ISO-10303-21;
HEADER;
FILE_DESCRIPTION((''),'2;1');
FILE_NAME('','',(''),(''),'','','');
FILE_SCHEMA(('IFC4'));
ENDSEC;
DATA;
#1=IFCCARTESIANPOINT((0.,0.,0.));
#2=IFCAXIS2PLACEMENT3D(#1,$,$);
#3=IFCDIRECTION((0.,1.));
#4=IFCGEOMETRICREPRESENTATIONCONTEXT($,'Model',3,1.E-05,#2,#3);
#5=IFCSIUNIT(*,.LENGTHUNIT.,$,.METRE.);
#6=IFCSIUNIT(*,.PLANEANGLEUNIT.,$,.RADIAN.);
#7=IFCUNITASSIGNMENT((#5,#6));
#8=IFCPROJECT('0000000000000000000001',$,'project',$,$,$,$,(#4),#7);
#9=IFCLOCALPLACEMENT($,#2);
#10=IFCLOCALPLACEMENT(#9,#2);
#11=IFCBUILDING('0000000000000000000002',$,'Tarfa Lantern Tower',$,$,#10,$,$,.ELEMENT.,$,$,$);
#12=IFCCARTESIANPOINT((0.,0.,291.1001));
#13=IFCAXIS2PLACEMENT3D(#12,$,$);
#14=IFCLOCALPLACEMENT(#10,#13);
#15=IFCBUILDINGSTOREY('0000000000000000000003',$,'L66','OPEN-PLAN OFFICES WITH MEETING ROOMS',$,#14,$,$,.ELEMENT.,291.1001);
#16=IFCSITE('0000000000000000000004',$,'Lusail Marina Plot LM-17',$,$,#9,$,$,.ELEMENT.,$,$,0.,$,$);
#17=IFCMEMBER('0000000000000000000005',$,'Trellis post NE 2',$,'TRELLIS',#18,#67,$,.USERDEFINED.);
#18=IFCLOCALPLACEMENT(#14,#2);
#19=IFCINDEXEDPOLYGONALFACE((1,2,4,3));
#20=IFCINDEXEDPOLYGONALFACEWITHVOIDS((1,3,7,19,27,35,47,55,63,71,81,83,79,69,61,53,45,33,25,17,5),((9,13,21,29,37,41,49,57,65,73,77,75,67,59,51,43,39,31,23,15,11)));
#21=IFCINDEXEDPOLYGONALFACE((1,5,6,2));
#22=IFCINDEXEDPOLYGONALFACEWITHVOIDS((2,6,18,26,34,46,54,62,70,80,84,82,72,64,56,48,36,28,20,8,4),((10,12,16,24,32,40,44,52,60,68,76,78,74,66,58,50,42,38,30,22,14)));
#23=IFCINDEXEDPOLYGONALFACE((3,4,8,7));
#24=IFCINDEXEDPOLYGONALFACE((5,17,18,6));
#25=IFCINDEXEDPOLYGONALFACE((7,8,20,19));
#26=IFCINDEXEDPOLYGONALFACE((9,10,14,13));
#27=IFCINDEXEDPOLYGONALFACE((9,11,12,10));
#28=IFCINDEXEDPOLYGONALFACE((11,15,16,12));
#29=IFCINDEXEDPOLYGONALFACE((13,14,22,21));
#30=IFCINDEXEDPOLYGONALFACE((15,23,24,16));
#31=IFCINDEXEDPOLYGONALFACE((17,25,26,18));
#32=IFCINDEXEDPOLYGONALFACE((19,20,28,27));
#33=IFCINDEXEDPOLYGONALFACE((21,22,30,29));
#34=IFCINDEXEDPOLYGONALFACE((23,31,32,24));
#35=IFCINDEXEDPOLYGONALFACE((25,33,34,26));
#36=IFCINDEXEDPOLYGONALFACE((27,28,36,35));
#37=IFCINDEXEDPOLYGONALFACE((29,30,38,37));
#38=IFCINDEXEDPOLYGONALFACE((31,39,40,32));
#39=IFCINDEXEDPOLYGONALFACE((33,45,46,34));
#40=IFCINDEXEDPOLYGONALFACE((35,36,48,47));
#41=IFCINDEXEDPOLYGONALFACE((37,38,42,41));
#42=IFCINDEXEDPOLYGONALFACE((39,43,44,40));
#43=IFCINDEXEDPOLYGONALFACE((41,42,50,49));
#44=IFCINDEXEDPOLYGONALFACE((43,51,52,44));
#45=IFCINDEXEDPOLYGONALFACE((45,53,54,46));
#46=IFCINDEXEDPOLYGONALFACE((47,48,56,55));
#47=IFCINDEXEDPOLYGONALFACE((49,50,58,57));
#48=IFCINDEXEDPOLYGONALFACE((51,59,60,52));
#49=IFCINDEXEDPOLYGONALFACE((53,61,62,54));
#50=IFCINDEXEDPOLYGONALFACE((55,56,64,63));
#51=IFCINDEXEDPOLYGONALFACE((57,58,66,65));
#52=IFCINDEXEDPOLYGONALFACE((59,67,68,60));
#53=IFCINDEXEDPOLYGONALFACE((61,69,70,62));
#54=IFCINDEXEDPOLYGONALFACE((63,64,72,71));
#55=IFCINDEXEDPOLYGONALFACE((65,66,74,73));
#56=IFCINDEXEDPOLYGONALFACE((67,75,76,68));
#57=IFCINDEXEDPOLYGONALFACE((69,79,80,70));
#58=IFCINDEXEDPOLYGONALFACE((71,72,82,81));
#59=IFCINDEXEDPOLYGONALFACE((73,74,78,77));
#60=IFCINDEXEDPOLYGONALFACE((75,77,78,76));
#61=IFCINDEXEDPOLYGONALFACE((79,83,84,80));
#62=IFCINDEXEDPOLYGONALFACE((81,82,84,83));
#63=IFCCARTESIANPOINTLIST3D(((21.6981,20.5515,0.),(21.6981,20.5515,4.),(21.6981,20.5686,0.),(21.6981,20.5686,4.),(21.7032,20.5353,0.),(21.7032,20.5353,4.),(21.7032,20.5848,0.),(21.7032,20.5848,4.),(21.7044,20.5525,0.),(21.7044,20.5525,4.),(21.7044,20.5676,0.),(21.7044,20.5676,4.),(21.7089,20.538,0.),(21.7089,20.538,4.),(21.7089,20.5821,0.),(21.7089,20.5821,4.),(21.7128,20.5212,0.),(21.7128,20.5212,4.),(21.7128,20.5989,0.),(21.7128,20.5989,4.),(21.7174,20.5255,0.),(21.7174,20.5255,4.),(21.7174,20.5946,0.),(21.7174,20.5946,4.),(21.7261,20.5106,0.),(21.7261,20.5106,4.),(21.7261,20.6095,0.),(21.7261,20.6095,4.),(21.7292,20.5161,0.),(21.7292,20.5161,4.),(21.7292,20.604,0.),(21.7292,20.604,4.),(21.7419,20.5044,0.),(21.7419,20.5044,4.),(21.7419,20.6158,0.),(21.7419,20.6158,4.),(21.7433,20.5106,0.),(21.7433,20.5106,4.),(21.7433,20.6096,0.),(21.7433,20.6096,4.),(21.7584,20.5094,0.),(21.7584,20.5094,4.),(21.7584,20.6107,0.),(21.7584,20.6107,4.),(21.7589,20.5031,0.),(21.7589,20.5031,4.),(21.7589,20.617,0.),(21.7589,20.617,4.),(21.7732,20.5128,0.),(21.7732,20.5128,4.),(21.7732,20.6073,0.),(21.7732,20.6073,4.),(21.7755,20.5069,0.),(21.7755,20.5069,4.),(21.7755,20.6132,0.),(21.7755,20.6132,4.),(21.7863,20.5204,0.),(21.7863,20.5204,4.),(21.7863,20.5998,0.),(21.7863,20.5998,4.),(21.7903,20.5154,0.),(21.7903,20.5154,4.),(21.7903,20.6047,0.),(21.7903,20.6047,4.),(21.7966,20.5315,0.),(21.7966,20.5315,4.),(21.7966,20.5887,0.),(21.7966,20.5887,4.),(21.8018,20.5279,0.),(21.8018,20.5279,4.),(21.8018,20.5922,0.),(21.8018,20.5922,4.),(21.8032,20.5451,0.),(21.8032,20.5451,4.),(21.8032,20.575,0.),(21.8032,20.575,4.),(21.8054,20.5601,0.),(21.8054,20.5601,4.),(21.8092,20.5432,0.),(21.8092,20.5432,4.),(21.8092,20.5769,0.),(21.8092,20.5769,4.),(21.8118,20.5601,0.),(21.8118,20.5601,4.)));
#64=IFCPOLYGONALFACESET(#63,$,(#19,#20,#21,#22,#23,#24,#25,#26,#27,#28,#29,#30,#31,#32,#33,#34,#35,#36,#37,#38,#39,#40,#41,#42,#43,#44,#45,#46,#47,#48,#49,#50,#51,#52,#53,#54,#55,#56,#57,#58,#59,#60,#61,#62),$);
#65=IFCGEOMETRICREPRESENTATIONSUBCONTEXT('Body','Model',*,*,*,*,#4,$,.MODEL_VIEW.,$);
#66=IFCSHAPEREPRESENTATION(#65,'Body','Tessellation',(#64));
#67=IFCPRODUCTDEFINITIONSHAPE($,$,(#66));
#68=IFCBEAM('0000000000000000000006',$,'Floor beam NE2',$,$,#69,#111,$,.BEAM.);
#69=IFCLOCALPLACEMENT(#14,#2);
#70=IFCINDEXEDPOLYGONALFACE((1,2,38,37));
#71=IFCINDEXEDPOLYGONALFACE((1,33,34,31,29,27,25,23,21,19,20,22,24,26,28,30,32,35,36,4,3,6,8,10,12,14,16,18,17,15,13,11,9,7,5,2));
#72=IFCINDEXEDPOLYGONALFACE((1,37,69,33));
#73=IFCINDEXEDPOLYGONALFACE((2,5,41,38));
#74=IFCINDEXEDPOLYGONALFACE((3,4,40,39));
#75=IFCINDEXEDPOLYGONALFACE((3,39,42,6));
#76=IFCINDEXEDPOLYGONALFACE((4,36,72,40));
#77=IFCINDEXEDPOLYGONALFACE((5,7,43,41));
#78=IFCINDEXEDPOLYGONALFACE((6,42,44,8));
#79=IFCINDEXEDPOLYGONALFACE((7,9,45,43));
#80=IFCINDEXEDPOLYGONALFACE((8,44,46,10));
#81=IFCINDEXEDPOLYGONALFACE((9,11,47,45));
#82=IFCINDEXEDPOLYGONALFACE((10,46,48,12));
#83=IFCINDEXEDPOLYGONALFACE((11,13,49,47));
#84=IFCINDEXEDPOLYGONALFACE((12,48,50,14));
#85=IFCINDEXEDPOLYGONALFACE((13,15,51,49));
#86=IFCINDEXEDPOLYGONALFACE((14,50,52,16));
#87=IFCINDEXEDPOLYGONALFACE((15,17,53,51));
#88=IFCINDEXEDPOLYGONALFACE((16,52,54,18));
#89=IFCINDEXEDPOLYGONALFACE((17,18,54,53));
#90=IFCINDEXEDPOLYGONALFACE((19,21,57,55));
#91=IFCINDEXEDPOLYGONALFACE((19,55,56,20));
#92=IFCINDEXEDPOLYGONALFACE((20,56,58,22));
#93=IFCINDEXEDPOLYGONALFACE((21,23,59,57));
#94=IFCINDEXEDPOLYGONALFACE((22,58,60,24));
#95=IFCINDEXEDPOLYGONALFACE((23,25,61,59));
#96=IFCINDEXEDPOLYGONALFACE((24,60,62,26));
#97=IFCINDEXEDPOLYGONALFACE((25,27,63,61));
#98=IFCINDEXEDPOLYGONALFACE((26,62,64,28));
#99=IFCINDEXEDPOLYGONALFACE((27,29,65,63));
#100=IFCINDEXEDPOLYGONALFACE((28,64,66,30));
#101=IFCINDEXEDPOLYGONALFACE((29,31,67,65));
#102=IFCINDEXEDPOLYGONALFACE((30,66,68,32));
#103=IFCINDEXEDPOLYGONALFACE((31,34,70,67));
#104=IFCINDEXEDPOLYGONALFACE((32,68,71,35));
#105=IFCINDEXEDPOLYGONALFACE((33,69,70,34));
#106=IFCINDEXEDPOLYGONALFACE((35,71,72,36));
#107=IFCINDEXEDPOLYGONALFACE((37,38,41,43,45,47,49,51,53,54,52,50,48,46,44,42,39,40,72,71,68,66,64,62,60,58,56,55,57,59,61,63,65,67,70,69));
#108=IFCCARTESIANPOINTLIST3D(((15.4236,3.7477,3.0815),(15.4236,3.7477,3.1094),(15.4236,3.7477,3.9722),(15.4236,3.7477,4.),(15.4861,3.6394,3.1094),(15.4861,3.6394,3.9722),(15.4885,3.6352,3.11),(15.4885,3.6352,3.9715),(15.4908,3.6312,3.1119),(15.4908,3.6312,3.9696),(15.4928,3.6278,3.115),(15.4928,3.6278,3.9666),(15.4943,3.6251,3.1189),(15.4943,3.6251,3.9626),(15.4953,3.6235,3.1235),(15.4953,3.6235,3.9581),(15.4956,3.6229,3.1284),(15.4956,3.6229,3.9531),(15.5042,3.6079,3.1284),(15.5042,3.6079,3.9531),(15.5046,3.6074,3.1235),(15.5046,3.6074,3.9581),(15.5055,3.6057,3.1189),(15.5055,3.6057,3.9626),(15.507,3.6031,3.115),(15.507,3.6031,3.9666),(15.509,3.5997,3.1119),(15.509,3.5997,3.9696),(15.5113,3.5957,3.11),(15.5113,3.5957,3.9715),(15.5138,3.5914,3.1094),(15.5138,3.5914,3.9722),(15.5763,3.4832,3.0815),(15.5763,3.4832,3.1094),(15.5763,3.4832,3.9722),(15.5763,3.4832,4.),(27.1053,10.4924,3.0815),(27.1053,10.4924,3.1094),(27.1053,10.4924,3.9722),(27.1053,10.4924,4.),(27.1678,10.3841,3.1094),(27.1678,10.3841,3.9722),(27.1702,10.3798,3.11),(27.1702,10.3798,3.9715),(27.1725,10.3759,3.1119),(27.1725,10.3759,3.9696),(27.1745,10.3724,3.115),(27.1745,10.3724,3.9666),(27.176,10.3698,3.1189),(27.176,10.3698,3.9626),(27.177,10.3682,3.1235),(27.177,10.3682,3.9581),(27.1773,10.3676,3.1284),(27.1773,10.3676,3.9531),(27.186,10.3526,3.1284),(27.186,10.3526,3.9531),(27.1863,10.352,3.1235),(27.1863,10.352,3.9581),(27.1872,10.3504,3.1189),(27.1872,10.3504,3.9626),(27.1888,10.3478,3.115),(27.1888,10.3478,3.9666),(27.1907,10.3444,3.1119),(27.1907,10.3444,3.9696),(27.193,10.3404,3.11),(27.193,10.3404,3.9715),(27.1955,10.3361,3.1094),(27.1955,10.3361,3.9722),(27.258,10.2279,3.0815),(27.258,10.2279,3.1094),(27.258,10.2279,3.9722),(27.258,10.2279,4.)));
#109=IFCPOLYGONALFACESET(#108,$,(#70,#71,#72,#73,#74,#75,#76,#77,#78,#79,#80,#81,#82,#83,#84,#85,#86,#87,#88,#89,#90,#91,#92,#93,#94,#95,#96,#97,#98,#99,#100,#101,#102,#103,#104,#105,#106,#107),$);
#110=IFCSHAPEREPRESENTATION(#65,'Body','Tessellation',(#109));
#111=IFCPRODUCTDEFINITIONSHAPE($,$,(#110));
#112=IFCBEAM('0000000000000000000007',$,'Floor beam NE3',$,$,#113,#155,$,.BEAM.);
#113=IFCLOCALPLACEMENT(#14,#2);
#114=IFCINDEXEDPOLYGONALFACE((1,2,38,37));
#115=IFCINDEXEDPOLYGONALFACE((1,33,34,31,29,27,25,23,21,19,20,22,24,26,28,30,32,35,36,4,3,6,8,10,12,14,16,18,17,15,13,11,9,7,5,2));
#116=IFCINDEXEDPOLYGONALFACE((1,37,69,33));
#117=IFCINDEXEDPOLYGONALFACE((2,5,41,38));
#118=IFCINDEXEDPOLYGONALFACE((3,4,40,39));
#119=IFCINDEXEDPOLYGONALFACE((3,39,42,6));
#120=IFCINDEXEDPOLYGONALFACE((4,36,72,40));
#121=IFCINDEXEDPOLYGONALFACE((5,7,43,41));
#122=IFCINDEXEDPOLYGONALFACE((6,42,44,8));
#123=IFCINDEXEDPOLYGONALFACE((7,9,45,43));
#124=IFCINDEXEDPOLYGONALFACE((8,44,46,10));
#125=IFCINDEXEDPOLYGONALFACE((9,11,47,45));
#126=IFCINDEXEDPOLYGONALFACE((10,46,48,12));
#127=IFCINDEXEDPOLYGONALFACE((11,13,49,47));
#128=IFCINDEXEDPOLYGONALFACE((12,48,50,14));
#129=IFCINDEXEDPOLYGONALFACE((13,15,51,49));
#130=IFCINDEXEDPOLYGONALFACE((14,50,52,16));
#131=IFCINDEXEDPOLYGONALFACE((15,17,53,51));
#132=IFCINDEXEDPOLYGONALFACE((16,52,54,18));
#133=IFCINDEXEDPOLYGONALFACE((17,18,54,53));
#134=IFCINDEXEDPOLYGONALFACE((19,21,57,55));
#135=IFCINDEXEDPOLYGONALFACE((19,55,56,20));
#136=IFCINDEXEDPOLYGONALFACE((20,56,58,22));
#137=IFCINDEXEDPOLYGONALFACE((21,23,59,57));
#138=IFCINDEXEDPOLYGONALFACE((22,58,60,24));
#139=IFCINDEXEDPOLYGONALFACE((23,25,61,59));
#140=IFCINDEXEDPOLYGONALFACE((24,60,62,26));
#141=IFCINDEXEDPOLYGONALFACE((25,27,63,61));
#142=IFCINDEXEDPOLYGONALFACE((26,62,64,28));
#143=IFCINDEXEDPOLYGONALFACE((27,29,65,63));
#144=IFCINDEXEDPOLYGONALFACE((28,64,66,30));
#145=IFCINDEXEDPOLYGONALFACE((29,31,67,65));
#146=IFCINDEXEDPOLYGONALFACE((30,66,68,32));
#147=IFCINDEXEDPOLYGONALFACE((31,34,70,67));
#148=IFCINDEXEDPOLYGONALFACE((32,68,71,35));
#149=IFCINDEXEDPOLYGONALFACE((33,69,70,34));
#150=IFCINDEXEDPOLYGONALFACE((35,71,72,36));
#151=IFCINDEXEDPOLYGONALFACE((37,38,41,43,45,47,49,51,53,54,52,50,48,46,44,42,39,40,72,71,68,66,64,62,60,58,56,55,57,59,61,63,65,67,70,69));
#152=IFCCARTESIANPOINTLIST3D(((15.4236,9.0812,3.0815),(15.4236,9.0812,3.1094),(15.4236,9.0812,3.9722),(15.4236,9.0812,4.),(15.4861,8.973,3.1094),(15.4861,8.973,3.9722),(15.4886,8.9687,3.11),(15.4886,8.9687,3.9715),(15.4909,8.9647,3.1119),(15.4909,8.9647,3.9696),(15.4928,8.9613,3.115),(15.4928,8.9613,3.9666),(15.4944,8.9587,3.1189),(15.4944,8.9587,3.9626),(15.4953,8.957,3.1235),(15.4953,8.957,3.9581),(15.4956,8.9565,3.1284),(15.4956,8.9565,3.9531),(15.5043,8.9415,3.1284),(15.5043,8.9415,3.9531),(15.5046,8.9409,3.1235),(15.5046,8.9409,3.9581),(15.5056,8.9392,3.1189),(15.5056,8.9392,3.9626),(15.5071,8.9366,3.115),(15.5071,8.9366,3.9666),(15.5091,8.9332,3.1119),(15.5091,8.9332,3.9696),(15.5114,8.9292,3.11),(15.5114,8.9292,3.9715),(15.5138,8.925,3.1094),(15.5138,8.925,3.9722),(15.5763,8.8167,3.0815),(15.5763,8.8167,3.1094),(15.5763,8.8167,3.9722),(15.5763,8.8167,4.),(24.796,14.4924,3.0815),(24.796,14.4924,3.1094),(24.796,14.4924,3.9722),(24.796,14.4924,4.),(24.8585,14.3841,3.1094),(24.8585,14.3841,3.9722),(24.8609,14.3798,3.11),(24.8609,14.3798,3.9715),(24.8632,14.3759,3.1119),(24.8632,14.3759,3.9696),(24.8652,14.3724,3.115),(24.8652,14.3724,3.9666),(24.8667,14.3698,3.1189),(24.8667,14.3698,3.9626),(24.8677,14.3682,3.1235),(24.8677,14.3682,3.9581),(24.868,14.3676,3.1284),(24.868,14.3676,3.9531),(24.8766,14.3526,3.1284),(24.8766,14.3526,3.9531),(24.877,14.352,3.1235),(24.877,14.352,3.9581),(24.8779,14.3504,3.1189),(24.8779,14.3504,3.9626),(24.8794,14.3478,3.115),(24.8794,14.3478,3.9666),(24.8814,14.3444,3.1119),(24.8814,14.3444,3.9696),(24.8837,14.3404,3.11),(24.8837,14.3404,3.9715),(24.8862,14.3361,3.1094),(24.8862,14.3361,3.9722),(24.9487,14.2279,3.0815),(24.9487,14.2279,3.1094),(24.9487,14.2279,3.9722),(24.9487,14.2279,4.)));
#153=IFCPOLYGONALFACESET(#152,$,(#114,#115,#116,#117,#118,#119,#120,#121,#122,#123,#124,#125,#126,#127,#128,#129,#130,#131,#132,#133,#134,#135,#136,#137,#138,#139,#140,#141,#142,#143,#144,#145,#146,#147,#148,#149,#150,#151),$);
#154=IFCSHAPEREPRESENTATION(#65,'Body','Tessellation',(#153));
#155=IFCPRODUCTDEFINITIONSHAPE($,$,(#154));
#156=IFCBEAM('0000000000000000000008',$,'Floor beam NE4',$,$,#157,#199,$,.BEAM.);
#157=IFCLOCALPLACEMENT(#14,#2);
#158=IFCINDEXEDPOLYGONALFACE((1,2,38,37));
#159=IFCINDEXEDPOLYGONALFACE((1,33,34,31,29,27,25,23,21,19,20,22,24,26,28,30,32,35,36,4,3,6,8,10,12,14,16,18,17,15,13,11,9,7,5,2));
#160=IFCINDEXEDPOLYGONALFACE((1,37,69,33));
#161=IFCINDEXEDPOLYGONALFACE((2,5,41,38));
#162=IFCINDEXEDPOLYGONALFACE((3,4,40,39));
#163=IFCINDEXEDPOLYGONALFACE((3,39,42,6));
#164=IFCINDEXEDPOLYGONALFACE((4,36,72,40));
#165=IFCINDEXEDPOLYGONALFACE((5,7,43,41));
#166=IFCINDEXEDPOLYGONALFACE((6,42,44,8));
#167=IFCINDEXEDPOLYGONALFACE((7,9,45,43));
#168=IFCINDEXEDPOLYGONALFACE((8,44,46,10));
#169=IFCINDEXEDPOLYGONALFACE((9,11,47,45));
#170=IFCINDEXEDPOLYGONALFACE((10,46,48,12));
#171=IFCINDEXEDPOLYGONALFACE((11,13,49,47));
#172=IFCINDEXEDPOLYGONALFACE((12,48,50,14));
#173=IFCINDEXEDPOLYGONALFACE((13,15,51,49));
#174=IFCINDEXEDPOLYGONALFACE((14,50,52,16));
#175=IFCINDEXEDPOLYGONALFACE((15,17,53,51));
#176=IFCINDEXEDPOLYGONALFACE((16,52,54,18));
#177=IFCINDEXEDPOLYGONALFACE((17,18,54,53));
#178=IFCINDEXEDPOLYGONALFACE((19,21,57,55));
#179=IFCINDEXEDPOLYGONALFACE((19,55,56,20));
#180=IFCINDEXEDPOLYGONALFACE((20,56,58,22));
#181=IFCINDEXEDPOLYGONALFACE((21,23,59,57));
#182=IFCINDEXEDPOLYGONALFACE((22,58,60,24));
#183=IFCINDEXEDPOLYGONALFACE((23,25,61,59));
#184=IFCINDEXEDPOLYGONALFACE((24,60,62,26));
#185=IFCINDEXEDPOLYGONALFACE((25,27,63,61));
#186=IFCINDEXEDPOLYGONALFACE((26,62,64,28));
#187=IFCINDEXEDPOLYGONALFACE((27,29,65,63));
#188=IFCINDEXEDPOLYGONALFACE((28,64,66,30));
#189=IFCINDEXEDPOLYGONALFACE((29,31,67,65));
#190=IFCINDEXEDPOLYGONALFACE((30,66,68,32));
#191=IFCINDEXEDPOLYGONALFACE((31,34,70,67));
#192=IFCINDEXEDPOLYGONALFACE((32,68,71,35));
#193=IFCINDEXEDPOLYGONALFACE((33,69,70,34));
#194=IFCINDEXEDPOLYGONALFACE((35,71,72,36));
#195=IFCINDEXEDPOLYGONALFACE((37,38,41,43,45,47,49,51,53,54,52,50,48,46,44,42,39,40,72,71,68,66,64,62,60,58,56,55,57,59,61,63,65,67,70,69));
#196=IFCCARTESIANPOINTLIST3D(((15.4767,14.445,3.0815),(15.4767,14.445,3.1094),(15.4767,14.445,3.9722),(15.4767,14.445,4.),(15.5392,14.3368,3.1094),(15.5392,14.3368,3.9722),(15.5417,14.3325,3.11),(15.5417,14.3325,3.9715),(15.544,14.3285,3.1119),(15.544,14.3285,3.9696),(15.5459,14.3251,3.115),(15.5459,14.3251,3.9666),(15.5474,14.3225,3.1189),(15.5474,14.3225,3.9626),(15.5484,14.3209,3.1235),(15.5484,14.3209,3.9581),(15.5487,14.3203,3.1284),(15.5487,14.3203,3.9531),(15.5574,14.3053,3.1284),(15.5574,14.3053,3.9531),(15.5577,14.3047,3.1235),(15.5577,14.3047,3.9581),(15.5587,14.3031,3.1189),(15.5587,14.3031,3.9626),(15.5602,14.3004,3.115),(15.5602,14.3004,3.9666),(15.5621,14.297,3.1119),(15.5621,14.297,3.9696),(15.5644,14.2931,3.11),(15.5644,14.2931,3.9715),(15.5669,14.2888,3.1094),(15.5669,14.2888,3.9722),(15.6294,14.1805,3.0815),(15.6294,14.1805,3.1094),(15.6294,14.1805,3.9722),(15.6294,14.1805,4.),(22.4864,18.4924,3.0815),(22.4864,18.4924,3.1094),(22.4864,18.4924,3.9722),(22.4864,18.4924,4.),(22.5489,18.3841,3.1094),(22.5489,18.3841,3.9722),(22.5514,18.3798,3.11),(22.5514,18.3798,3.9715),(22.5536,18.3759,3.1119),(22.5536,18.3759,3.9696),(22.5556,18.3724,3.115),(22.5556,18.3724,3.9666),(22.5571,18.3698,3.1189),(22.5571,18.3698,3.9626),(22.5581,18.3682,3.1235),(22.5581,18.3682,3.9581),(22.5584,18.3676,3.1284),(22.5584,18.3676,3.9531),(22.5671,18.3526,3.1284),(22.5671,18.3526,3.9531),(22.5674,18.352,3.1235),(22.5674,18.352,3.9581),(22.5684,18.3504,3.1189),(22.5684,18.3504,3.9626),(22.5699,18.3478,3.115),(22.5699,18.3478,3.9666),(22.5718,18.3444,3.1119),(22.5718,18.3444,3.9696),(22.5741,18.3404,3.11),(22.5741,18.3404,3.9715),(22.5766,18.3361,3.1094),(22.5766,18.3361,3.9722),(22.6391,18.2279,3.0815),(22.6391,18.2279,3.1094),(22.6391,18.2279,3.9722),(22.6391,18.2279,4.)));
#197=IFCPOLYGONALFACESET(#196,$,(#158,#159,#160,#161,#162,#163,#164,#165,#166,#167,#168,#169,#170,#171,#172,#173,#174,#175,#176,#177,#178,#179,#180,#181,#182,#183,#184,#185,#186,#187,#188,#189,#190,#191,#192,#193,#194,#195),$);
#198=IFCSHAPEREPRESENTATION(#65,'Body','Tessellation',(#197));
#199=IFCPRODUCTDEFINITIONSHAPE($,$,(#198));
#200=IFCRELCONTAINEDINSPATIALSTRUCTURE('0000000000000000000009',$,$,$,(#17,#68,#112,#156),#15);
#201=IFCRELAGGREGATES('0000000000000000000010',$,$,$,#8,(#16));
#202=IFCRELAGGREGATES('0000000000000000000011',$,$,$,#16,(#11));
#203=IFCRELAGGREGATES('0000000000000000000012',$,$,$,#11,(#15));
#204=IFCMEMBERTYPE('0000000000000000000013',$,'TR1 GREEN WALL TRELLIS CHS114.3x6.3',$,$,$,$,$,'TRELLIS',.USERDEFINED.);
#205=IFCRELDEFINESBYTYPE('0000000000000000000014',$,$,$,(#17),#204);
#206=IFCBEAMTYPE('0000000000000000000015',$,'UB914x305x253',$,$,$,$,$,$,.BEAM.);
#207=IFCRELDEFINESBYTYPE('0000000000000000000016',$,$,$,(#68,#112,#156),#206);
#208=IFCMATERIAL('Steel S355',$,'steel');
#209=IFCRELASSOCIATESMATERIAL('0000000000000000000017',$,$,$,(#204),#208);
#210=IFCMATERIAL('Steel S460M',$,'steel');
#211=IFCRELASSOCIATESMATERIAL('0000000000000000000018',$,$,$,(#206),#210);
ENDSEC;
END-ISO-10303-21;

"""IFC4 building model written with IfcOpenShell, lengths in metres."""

from ifc_helpers import new_model, si_unit, direction, frame, origin, origin_2d, place, context, subcontext, project, spatial, hollow_circle, i_section, extrude, material, material_profile, profile_set, type_object, element, save


model = new_model("IFC4")

# Units and contexts
model_context = context("Model", 3, precision=1e-05, world=origin(), true_north=direction((0.0, 1.0)))
body_context = subcontext(model_context, "Body", "Model", "MODEL_VIEW")
ifc_project = project(units=[si_unit("LENGTHUNIT", "METRE"), si_unit("PLANEANGLEUNIT", "RADIAN")], contexts=[model_context])

# Site, building, storey
site_placement = place(None, origin())
site = spatial("IfcSite", under=ifc_project, at=site_placement, Name="Lusail Marina Plot LM-17", CompositionType="ELEMENT", RefElevation=0.0)
building_placement = place(site_placement, origin())
building = spatial("IfcBuilding", under=site, at=building_placement, Name="Tarfa Lantern Tower", CompositionType="ELEMENT")
storey_placement = place(building_placement, frame((0.0, 0.0, 291.1001)))
storey = spatial("IfcBuildingStorey", under=building, at=storey_placement, Name="L66", Description="OPEN-PLAN OFFICES WITH MEETING ROOMS", CompositionType="ELEMENT", Elevation=291.1001)

# Member
ifc_material_1 = material(Name="Steel S355", Category="steel")
ifc_material_profile_1 = material_profile(ifc_material_1, hollow_circle(Radius=0.0571, WallThickness=0.0063, at=origin_2d()), Name="CHS114.3x6.3")
ifc_profile_set_1 = profile_set([ifc_material_profile_1], Name="Steel S355")
member_type_1 = type_object("IfcMemberType", Name="TR1 GREEN WALL TRELLIS CHS114.3x6.3", ElementType="TRELLIS", PredefinedType="USERDEFINED", material=ifc_profile_set_1)
member_1_placement = place(storey_placement, frame((21.7546, 20.5601, 0.0), z_axis=(0.0, 0.0, 1.0), x_axis=(1.0, 0.0, 0.0)))
element("IfcMember", 1, at=member_1_placement, inside=storey, type_object=member_type_1, Name="Trellis post NE 2", ObjectType="TRELLIS", PredefinedType="USERDEFINED", context=body_context, shape_type="SweptSolid", body=[
    extrude(hollow_circle(Radius=0.0571, WallThickness=0.0063, at=origin_2d()), origin(), (0.0, 0.0, 1.0), 4.0),
])

# Beams
ifc_material_2 = material(Name="Steel S460M", Category="steel")
ifc_material_profile_2 = material_profile(ifc_material_2, i_section(OverallWidth=0.3054, OverallDepth=0.9185, WebThickness=0.0173, FlangeThickness=0.0278, FilletRadius=0.019, at=origin_2d()), Name="UB914x305x253")
ifc_profile_set_2 = profile_set([ifc_material_profile_2], Name="Steel S460M")
beam_type_1 = type_object("IfcBeamType", Name="UB914x305x253", PredefinedType="BEAM", material=ifc_profile_set_2)
beam_1_placement = place(storey_placement, frame((27.1816, 10.3601, 3.5408), z_axis=(-0.866018, -0.500013, 0.0), x_axis=(0.500013, -0.866018, 0.0)))
element("IfcBeam", 2, at=beam_1_placement, inside=storey, type_object=beam_type_1, Name="Floor beam NE2", PredefinedType="BEAM", context=body_context, shape_type="SweptSolid", body=[
    extrude(i_section(OverallWidth=0.3054, OverallDepth=0.9185, WebThickness=0.0173, FlangeThickness=0.0278, FilletRadius=0.019, at=origin_2d()), origin(), (0.0, 0.0, 1.0), 13.489),
])
beam_2_placement = place(storey_placement, frame((24.8723, 14.3601, 3.5408), z_axis=(-0.866024, -0.500002, 0.0), x_axis=(0.500002, -0.866024, 0.0)))
element("IfcBeam", 3, at=beam_2_placement, inside=storey, type_object=beam_type_1, Name="Floor beam NE3", PredefinedType="BEAM", context=body_context, shape_type="SweptSolid", body=[
    extrude(i_section(OverallWidth=0.3054, OverallDepth=0.9185, WebThickness=0.0173, FlangeThickness=0.0278, FilletRadius=0.019, at=origin_2d()), origin(), (0.0, 0.0, 1.0), 10.8223),
])
beam_3_placement = place(storey_placement, frame((22.5627, 18.3601, 3.5408), z_axis=(-0.866011, -0.500025, 0.0), x_axis=(0.500025, -0.866011, 0.0)))
element("IfcBeam", 4, at=beam_3_placement, inside=storey, type_object=beam_type_1, Name="Floor beam NE4", PredefinedType="BEAM", context=body_context, shape_type="SweptSolid", body=[
    extrude(i_section(OverallWidth=0.3054, OverallDepth=0.9185, WebThickness=0.0173, FlangeThickness=0.0278, FilletRadius=0.019, at=origin_2d()), origin(), (0.0, 0.0, 1.0), 8.0942),
])

save(model, "model.ifc")
